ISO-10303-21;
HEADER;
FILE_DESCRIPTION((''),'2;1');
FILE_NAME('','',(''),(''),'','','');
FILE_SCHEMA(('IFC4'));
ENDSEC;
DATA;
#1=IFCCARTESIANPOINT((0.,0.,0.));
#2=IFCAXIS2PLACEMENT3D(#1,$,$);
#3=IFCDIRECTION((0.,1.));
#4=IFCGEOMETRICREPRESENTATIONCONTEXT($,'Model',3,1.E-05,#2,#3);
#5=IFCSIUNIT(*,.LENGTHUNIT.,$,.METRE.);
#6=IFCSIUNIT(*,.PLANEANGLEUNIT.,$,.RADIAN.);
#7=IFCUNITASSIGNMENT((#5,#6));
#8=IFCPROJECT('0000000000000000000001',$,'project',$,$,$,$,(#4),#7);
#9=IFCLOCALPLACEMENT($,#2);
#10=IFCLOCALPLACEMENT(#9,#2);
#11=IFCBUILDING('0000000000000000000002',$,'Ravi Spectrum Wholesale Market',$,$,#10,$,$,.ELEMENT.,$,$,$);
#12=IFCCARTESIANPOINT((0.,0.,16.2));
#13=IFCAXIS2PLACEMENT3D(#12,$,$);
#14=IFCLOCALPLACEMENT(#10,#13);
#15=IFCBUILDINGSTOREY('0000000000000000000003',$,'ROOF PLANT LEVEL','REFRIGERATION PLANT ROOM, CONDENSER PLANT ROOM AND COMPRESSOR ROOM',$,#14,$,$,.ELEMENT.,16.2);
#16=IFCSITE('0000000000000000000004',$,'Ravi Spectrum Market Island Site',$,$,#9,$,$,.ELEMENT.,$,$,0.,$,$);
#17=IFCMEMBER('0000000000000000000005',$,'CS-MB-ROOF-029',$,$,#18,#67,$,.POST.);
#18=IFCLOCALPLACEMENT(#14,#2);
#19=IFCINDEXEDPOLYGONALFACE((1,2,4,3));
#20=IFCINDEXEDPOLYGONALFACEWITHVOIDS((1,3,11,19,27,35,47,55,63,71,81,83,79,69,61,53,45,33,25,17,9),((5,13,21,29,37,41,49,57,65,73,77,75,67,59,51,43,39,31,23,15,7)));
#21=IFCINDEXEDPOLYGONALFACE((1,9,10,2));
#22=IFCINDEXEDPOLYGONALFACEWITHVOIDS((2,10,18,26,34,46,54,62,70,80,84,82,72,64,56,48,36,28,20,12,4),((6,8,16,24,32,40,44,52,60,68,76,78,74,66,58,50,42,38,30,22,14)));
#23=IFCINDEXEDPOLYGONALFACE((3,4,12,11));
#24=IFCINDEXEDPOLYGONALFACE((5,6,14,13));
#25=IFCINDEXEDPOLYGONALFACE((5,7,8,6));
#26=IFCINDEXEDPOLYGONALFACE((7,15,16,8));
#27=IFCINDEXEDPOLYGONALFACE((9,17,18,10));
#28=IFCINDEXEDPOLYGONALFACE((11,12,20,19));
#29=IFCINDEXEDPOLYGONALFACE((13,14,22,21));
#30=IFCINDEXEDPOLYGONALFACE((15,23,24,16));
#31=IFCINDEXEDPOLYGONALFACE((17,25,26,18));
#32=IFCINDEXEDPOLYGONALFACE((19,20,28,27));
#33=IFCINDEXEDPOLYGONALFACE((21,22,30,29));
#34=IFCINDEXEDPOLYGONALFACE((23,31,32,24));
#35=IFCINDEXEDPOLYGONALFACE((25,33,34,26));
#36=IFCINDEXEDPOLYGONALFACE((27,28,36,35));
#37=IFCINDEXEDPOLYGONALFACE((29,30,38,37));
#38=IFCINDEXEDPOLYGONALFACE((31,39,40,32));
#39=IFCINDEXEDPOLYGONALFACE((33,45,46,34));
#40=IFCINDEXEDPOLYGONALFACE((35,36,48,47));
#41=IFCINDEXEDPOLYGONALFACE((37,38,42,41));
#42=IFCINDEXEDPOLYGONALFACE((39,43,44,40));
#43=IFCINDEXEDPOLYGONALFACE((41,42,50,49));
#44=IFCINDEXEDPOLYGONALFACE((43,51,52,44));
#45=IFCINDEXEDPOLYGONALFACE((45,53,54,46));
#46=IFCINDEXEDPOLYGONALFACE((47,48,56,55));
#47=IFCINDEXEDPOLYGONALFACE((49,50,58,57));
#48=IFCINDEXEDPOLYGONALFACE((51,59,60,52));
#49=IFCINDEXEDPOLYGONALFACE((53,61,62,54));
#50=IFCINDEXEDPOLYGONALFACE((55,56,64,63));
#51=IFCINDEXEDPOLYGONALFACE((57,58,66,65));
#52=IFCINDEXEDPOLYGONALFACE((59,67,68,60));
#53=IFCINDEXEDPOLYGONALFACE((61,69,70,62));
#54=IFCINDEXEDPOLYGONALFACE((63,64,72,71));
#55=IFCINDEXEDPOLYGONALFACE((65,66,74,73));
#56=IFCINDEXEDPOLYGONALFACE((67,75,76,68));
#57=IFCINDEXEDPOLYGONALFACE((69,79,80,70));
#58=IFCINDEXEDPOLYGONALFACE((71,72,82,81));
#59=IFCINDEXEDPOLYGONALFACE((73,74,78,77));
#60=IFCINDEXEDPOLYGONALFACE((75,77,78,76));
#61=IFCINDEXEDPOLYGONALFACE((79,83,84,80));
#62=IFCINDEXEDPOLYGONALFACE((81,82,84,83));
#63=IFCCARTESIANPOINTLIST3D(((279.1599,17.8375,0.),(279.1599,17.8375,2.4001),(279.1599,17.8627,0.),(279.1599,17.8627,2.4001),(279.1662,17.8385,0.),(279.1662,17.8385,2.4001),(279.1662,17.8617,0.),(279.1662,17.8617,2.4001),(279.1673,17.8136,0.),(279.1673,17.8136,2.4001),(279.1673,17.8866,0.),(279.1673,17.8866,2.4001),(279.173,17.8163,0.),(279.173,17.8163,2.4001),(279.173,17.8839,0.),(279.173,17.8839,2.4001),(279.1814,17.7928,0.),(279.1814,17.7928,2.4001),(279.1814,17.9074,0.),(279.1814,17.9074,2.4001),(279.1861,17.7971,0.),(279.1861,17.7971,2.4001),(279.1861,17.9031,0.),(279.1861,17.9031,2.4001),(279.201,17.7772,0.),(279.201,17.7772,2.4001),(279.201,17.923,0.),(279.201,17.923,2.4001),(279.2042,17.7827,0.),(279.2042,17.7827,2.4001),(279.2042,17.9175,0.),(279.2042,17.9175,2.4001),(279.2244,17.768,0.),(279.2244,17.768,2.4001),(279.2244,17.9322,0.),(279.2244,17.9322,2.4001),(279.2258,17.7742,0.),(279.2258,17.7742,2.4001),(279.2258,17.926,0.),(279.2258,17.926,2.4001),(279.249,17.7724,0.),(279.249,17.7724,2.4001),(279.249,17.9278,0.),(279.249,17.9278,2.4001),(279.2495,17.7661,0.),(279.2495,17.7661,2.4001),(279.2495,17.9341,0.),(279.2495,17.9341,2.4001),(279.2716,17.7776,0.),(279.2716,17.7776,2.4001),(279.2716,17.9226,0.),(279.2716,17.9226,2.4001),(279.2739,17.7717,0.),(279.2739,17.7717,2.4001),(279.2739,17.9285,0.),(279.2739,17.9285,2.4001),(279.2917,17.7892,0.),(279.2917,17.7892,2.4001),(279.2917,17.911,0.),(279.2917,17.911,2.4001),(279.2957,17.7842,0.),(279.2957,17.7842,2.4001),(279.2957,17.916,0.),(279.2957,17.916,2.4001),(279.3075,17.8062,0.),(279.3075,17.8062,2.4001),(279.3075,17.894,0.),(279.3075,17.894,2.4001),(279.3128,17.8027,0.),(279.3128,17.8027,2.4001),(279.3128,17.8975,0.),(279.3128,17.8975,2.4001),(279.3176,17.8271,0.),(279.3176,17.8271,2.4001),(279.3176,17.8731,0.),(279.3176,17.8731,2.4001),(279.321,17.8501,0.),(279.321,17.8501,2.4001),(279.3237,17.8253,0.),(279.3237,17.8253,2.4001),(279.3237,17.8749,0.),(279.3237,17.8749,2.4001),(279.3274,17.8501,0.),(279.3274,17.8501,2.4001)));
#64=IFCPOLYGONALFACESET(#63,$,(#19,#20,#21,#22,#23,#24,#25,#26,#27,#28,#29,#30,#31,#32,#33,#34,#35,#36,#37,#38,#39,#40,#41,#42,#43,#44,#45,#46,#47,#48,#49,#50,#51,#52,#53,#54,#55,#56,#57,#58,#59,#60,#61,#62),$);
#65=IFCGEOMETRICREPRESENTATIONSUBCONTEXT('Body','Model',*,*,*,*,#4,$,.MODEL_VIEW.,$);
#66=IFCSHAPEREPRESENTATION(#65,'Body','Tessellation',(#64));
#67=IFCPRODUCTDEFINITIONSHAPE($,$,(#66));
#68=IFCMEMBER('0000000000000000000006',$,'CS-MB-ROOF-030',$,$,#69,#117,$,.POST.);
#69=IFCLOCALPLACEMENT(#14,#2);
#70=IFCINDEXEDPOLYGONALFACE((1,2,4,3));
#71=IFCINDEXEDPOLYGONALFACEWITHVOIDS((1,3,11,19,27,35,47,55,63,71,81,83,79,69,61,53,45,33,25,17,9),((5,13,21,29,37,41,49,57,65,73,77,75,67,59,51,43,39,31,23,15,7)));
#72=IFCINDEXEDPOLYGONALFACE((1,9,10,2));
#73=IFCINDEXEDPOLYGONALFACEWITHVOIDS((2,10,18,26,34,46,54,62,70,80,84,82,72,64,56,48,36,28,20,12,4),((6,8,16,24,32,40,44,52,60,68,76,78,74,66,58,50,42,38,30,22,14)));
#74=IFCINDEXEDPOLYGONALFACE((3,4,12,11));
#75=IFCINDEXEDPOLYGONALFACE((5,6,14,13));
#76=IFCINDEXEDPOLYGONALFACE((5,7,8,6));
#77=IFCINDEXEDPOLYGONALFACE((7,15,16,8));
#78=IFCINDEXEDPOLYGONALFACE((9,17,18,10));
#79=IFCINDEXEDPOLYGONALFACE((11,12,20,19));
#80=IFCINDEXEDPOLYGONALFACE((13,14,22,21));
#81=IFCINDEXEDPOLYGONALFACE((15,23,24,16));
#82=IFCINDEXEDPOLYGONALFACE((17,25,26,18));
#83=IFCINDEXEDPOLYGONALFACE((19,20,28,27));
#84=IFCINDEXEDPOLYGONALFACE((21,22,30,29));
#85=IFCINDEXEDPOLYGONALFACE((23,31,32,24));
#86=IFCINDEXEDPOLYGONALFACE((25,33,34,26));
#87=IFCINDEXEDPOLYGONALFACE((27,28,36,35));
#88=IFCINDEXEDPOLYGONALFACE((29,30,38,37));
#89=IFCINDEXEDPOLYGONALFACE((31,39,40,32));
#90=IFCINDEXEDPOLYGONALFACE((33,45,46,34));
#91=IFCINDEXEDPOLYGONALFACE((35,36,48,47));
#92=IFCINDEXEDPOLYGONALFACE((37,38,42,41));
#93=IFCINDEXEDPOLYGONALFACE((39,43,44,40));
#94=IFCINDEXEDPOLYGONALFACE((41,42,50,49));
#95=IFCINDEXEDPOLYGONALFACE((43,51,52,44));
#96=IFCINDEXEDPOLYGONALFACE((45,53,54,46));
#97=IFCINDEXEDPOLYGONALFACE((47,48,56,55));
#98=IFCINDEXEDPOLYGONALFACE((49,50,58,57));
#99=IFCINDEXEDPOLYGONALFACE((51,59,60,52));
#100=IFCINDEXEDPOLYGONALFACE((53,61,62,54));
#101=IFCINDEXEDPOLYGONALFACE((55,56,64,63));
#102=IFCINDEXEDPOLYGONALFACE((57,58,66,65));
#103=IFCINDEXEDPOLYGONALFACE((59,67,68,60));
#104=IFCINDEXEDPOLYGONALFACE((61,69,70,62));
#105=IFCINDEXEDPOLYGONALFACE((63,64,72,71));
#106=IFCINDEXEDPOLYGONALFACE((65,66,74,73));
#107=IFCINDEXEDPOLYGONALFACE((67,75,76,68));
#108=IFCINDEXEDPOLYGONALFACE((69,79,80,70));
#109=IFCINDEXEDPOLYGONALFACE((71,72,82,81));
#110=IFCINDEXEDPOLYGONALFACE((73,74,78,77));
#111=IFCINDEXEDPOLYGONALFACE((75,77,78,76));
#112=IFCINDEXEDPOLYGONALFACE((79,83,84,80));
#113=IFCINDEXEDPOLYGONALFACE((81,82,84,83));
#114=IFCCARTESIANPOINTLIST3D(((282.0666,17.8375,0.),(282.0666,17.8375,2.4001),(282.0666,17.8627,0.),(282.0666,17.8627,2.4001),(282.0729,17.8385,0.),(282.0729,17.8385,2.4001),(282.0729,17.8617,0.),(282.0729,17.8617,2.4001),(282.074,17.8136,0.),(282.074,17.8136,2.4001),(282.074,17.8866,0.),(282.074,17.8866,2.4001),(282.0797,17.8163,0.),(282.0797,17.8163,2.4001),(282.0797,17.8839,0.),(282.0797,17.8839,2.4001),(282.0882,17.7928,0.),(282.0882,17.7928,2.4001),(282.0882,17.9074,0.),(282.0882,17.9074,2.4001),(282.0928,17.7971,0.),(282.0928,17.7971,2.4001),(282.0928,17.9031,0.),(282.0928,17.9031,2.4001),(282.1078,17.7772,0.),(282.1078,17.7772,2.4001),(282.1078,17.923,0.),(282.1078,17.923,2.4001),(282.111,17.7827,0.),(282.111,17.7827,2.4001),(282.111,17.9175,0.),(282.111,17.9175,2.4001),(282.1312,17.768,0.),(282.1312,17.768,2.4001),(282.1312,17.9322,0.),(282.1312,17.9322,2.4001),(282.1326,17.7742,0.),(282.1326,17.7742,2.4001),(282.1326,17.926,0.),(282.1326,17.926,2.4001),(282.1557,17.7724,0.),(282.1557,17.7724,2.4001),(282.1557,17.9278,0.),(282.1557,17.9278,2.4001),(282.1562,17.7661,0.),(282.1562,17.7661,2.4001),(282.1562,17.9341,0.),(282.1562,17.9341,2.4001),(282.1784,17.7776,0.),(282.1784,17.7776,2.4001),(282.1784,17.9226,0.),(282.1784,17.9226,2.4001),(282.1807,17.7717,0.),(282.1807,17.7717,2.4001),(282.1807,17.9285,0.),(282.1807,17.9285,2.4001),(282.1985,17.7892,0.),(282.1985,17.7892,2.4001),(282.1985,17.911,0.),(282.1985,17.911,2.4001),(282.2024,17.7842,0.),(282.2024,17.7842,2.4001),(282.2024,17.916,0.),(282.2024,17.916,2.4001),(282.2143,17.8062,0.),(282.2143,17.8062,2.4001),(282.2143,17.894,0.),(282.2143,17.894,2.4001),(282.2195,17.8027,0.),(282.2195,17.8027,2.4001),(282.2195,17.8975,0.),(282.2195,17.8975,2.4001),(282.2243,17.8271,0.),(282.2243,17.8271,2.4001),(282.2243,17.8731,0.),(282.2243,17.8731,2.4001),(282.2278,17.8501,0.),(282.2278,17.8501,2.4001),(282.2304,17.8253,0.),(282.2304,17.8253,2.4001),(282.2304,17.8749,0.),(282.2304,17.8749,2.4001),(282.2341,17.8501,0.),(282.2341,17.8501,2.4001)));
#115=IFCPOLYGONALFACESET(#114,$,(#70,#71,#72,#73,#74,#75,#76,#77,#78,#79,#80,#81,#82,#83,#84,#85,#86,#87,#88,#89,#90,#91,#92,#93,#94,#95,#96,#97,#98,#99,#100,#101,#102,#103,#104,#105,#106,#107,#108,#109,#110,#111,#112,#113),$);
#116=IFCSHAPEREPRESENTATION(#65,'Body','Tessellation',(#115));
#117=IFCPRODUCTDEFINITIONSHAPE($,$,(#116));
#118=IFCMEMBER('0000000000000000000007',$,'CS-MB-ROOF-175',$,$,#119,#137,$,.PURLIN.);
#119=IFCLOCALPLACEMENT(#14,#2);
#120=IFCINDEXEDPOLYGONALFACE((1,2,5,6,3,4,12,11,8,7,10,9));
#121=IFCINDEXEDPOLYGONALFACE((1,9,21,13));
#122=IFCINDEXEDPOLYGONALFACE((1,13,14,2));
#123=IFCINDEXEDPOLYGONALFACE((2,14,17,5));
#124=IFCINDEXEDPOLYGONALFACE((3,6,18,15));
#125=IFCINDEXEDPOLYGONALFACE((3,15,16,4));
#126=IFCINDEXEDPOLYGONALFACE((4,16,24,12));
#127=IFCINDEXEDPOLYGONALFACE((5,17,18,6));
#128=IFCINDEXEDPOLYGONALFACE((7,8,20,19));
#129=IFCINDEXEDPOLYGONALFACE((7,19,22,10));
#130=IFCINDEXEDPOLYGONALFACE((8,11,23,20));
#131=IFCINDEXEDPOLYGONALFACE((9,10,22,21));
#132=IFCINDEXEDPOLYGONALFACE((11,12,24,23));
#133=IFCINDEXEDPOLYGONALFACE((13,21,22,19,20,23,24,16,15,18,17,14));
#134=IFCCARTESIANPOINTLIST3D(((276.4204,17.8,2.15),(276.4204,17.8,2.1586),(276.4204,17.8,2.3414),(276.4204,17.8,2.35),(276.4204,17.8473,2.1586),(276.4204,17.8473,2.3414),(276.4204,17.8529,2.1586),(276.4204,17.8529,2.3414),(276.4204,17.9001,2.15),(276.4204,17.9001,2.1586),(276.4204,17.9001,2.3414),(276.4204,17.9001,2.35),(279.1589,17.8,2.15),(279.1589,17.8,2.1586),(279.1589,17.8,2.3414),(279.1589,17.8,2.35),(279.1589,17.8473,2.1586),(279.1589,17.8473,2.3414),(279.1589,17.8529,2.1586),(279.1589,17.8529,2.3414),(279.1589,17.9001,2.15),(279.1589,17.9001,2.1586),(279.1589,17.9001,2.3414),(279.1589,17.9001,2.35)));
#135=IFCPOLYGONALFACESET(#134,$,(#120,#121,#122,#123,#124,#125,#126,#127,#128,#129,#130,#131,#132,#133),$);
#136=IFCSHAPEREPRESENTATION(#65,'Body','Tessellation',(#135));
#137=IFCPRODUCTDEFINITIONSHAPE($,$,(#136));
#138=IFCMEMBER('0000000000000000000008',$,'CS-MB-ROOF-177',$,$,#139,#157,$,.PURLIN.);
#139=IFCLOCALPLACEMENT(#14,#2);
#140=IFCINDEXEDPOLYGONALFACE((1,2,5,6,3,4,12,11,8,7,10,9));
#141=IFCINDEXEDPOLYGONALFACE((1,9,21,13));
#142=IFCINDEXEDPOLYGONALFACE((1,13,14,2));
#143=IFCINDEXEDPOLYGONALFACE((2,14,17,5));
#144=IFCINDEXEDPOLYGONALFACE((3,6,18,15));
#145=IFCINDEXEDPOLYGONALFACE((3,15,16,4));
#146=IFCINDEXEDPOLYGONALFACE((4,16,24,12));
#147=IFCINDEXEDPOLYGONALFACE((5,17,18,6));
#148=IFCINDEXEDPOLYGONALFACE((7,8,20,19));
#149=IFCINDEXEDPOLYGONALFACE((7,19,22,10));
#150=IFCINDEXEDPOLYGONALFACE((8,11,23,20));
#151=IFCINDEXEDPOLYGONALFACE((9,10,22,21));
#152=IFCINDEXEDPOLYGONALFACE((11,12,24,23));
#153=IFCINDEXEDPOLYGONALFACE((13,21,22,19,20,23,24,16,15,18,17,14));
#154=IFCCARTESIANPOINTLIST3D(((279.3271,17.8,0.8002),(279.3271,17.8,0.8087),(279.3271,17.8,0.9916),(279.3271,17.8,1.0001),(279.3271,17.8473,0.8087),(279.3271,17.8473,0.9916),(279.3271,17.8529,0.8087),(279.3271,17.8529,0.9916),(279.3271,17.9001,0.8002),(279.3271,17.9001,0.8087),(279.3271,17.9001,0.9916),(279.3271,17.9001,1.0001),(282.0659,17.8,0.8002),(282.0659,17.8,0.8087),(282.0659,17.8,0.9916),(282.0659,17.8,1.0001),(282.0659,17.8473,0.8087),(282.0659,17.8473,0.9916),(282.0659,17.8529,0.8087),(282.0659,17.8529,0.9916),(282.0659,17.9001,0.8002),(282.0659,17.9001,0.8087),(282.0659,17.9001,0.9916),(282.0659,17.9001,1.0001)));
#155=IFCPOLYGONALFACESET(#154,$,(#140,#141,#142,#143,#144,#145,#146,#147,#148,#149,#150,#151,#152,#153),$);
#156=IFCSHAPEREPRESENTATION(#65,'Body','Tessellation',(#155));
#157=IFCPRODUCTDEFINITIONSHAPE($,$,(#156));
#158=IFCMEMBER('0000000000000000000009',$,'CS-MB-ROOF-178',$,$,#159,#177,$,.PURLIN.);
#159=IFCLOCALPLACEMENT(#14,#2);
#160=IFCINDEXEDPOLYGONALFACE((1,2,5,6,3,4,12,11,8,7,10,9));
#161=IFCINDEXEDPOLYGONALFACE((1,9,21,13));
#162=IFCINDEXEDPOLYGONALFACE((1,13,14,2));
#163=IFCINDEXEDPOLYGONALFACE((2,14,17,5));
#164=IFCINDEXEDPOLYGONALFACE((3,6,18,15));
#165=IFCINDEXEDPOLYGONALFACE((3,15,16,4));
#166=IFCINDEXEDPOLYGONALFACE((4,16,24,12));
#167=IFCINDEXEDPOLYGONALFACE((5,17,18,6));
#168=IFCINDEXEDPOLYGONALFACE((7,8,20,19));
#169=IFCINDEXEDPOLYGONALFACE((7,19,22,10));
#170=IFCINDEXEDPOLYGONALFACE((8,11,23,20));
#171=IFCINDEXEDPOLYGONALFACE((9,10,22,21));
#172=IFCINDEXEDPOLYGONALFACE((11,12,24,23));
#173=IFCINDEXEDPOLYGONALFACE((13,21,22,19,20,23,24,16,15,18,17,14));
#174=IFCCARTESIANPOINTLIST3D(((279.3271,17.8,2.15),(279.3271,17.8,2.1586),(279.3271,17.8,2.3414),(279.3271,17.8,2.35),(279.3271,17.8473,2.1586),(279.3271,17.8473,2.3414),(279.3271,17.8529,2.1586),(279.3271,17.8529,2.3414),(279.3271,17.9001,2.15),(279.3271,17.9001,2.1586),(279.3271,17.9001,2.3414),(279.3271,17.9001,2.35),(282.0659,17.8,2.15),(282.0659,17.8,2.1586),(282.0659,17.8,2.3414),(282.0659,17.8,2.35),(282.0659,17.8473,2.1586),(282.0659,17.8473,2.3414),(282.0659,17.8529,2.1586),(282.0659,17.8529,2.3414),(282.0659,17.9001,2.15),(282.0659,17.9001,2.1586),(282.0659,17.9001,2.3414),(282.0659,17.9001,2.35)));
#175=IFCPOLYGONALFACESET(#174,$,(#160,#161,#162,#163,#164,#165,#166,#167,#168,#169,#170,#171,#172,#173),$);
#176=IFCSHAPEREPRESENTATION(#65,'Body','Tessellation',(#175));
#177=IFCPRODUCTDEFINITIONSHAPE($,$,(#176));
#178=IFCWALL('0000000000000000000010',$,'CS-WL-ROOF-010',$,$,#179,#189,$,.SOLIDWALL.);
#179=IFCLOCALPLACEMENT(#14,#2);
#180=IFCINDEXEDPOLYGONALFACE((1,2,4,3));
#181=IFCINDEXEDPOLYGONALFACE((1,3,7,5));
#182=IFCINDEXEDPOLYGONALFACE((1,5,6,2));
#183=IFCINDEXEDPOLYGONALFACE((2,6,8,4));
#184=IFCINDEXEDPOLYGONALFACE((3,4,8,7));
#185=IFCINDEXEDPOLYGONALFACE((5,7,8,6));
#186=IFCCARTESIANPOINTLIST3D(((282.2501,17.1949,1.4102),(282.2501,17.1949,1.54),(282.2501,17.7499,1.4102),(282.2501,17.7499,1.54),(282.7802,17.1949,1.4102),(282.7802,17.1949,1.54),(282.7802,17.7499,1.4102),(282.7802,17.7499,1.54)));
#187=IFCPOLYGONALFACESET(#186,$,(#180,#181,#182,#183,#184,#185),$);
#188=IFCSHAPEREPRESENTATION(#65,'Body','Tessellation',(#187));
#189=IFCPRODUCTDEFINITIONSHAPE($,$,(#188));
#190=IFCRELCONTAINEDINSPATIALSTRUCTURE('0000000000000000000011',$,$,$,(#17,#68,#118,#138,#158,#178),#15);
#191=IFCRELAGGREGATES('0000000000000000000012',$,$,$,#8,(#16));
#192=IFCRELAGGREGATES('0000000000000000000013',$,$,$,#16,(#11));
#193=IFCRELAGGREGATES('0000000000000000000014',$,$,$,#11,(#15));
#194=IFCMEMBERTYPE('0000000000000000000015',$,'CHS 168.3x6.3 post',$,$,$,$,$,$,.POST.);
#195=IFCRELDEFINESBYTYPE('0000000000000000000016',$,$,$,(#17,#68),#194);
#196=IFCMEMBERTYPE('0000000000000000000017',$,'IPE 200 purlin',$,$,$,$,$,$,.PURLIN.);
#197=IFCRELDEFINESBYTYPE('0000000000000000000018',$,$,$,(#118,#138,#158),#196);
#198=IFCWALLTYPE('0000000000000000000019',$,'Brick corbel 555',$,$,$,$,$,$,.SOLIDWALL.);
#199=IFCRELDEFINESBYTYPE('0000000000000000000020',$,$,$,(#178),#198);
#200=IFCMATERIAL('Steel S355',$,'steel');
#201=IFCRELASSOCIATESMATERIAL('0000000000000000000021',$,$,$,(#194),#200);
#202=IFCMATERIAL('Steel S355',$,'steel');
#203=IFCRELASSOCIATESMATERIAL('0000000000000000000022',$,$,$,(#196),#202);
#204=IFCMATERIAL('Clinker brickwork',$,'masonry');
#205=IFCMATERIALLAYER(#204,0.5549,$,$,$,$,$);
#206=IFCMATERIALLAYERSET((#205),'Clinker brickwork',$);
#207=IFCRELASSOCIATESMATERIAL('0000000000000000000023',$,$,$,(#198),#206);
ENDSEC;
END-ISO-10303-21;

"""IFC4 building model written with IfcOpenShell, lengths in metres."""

from ifc_helpers import new_model, si_unit, direction, frame, frame_2d, origin, origin_2d, place, context, subcontext, project, spatial, rectangle, hollow_circle, i_section, extrude, material, layer, layer_set, material_profile, profile_set, type_object, element, save


model = new_model("IFC4")

# Units and contexts
model_context = context("Model", 3, precision=1e-05, world=origin(), true_north=direction((0.0, 1.0)))
body_context = subcontext(model_context, "Body", "Model", "MODEL_VIEW")
ifc_project = project(units=[si_unit("LENGTHUNIT", "METRE"), si_unit("PLANEANGLEUNIT", "RADIAN")], contexts=[model_context])

# Site, building, storey
site_placement = place(None, origin())
site = spatial("IfcSite", under=ifc_project, at=site_placement, Name="Ravi Spectrum Market Island Site", CompositionType="ELEMENT", RefElevation=0.0)
building_placement = place(site_placement, origin())
building = spatial("IfcBuilding", under=site, at=building_placement, Name="Ravi Spectrum Wholesale Market", CompositionType="ELEMENT")
storey_placement = place(building_placement, frame((0.0, 0.0, 16.2)))
storey = spatial("IfcBuildingStorey", under=building, at=storey_placement, Name="ROOF PLANT LEVEL", Description="REFRIGERATION PLANT ROOM, CONDENSER PLANT ROOM AND COMPRESSOR ROOM", CompositionType="ELEMENT", Elevation=16.2)

# Members
ifc_material_1 = material(Name="Steel S355", Category="steel")
ifc_material_profile_1 = material_profile(ifc_material_1, hollow_circle(Radius=0.0842, WallThickness=0.0063, at=origin_2d()))
ifc_profile_set_1 = profile_set([ifc_material_profile_1], Name="Steel S355")
member_type_1 = type_object("IfcMemberType", Name="CHS 168.3x6.3 post", PredefinedType="POST", material=ifc_profile_set_1)
for number, where, z_axis, x_axis, name in (
    (1, (279.2432, 17.8501, 0.0), (0.0, 0.0, 1.0), (1.0, 0.0, 0.0), "CS-MB-ROOF-029"),
    (2, (282.1499, 17.8501, 0.0), (0.0, 0.0, 1.0), (1.0, 0.0, 0.0), "CS-MB-ROOF-030"),
):
    element("IfcMember", number, at=place(storey_placement, frame(where, z_axis=z_axis, x_axis=x_axis)), inside=storey, type_object=member_type_1, Name=name, PredefinedType="POST", context=body_context, shape_type="SweptSolid", body=[
        extrude(hollow_circle(Radius=0.0842, WallThickness=0.0063, at=origin_2d()), origin(), (0.0, 0.0, 1.0), 2.4001),
    ])
ifc_material_2 = material(Name="Steel S355", Category="steel")
ifc_material_profile_2 = material_profile(ifc_material_2, i_section(OverallWidth=0.1001, OverallDepth=0.2, WebThickness=0.0056, FlangeThickness=0.0085, at=origin_2d()))
ifc_profile_set_2 = profile_set([ifc_material_profile_2], Name="Steel S355")
member_type_2 = type_object("IfcMemberType", Name="IPE 200 purlin", PredefinedType="PURLIN", material=ifc_profile_set_2)
member_placement = place(storey_placement, frame((276.4204, 17.8501, 2.25), z_axis=(1.0, 0.0, 0.0), x_axis=(0.0, 1.0, 0.0)))
element("IfcMember", 3, at=member_placement, inside=storey, type_object=member_type_2, Name="CS-MB-ROOF-175", PredefinedType="PURLIN", context=body_context, shape_type="SweptSolid", body=[
    extrude(i_section(OverallWidth=0.1001, OverallDepth=0.2, WebThickness=0.0056, FlangeThickness=0.0085, at=origin_2d()), origin(), (0.0, 0.0, 1.0), 2.7385),
])
for number, where, z_axis, x_axis, name in (
    (4, (279.3271, 17.8501, 0.9001), (1.0, 0.0, 0.0), (0.0, 1.0, 0.0), "CS-MB-ROOF-177"),
    (5, (279.3271, 17.8501, 2.25), (1.0, 0.0, 0.0), (0.0, 1.0, 0.0), "CS-MB-ROOF-178"),
):
    element("IfcMember", number, at=place(storey_placement, frame(where, z_axis=z_axis, x_axis=x_axis)), inside=storey, type_object=member_type_2, Name=name, PredefinedType="PURLIN", context=body_context, shape_type="SweptSolid", body=[
        extrude(i_section(OverallWidth=0.1001, OverallDepth=0.2, WebThickness=0.0056, FlangeThickness=0.0085, at=origin_2d()), origin(), (0.0, 0.0, 1.0), 2.7388),
    ])

# Wall
ifc_material_3 = material(Name="Clinker brickwork", Category="masonry")
ifc_layer_1 = layer(ifc_material_3, 0.5549)
ifc_layer_set_1 = layer_set([ifc_layer_1], Name="Clinker brickwork")
wall_type_1 = type_object("IfcWallType", Name="Brick corbel 555", PredefinedType="SOLIDWALL", material=ifc_layer_set_1)
wall_1_placement = place(storey_placement, frame((282.25, 17.4724, 1.4102), z_axis=(0.0, 0.0, 1.0), x_axis=(1.0, 0.0, 0.0)))
element("IfcWall", 6, at=wall_1_placement, inside=storey, type_object=wall_type_1, Name="CS-WL-ROOF-010", PredefinedType="SOLIDWALL", context=body_context, shape_type="SweptSolid", body=[
    extrude(rectangle(XDim=0.53, YDim=0.5549, at=frame_2d((0.2651, 0.0))), origin(), (0.0, 0.0, 1.0), 0.1299),
])

save(model, "model.ifc")
